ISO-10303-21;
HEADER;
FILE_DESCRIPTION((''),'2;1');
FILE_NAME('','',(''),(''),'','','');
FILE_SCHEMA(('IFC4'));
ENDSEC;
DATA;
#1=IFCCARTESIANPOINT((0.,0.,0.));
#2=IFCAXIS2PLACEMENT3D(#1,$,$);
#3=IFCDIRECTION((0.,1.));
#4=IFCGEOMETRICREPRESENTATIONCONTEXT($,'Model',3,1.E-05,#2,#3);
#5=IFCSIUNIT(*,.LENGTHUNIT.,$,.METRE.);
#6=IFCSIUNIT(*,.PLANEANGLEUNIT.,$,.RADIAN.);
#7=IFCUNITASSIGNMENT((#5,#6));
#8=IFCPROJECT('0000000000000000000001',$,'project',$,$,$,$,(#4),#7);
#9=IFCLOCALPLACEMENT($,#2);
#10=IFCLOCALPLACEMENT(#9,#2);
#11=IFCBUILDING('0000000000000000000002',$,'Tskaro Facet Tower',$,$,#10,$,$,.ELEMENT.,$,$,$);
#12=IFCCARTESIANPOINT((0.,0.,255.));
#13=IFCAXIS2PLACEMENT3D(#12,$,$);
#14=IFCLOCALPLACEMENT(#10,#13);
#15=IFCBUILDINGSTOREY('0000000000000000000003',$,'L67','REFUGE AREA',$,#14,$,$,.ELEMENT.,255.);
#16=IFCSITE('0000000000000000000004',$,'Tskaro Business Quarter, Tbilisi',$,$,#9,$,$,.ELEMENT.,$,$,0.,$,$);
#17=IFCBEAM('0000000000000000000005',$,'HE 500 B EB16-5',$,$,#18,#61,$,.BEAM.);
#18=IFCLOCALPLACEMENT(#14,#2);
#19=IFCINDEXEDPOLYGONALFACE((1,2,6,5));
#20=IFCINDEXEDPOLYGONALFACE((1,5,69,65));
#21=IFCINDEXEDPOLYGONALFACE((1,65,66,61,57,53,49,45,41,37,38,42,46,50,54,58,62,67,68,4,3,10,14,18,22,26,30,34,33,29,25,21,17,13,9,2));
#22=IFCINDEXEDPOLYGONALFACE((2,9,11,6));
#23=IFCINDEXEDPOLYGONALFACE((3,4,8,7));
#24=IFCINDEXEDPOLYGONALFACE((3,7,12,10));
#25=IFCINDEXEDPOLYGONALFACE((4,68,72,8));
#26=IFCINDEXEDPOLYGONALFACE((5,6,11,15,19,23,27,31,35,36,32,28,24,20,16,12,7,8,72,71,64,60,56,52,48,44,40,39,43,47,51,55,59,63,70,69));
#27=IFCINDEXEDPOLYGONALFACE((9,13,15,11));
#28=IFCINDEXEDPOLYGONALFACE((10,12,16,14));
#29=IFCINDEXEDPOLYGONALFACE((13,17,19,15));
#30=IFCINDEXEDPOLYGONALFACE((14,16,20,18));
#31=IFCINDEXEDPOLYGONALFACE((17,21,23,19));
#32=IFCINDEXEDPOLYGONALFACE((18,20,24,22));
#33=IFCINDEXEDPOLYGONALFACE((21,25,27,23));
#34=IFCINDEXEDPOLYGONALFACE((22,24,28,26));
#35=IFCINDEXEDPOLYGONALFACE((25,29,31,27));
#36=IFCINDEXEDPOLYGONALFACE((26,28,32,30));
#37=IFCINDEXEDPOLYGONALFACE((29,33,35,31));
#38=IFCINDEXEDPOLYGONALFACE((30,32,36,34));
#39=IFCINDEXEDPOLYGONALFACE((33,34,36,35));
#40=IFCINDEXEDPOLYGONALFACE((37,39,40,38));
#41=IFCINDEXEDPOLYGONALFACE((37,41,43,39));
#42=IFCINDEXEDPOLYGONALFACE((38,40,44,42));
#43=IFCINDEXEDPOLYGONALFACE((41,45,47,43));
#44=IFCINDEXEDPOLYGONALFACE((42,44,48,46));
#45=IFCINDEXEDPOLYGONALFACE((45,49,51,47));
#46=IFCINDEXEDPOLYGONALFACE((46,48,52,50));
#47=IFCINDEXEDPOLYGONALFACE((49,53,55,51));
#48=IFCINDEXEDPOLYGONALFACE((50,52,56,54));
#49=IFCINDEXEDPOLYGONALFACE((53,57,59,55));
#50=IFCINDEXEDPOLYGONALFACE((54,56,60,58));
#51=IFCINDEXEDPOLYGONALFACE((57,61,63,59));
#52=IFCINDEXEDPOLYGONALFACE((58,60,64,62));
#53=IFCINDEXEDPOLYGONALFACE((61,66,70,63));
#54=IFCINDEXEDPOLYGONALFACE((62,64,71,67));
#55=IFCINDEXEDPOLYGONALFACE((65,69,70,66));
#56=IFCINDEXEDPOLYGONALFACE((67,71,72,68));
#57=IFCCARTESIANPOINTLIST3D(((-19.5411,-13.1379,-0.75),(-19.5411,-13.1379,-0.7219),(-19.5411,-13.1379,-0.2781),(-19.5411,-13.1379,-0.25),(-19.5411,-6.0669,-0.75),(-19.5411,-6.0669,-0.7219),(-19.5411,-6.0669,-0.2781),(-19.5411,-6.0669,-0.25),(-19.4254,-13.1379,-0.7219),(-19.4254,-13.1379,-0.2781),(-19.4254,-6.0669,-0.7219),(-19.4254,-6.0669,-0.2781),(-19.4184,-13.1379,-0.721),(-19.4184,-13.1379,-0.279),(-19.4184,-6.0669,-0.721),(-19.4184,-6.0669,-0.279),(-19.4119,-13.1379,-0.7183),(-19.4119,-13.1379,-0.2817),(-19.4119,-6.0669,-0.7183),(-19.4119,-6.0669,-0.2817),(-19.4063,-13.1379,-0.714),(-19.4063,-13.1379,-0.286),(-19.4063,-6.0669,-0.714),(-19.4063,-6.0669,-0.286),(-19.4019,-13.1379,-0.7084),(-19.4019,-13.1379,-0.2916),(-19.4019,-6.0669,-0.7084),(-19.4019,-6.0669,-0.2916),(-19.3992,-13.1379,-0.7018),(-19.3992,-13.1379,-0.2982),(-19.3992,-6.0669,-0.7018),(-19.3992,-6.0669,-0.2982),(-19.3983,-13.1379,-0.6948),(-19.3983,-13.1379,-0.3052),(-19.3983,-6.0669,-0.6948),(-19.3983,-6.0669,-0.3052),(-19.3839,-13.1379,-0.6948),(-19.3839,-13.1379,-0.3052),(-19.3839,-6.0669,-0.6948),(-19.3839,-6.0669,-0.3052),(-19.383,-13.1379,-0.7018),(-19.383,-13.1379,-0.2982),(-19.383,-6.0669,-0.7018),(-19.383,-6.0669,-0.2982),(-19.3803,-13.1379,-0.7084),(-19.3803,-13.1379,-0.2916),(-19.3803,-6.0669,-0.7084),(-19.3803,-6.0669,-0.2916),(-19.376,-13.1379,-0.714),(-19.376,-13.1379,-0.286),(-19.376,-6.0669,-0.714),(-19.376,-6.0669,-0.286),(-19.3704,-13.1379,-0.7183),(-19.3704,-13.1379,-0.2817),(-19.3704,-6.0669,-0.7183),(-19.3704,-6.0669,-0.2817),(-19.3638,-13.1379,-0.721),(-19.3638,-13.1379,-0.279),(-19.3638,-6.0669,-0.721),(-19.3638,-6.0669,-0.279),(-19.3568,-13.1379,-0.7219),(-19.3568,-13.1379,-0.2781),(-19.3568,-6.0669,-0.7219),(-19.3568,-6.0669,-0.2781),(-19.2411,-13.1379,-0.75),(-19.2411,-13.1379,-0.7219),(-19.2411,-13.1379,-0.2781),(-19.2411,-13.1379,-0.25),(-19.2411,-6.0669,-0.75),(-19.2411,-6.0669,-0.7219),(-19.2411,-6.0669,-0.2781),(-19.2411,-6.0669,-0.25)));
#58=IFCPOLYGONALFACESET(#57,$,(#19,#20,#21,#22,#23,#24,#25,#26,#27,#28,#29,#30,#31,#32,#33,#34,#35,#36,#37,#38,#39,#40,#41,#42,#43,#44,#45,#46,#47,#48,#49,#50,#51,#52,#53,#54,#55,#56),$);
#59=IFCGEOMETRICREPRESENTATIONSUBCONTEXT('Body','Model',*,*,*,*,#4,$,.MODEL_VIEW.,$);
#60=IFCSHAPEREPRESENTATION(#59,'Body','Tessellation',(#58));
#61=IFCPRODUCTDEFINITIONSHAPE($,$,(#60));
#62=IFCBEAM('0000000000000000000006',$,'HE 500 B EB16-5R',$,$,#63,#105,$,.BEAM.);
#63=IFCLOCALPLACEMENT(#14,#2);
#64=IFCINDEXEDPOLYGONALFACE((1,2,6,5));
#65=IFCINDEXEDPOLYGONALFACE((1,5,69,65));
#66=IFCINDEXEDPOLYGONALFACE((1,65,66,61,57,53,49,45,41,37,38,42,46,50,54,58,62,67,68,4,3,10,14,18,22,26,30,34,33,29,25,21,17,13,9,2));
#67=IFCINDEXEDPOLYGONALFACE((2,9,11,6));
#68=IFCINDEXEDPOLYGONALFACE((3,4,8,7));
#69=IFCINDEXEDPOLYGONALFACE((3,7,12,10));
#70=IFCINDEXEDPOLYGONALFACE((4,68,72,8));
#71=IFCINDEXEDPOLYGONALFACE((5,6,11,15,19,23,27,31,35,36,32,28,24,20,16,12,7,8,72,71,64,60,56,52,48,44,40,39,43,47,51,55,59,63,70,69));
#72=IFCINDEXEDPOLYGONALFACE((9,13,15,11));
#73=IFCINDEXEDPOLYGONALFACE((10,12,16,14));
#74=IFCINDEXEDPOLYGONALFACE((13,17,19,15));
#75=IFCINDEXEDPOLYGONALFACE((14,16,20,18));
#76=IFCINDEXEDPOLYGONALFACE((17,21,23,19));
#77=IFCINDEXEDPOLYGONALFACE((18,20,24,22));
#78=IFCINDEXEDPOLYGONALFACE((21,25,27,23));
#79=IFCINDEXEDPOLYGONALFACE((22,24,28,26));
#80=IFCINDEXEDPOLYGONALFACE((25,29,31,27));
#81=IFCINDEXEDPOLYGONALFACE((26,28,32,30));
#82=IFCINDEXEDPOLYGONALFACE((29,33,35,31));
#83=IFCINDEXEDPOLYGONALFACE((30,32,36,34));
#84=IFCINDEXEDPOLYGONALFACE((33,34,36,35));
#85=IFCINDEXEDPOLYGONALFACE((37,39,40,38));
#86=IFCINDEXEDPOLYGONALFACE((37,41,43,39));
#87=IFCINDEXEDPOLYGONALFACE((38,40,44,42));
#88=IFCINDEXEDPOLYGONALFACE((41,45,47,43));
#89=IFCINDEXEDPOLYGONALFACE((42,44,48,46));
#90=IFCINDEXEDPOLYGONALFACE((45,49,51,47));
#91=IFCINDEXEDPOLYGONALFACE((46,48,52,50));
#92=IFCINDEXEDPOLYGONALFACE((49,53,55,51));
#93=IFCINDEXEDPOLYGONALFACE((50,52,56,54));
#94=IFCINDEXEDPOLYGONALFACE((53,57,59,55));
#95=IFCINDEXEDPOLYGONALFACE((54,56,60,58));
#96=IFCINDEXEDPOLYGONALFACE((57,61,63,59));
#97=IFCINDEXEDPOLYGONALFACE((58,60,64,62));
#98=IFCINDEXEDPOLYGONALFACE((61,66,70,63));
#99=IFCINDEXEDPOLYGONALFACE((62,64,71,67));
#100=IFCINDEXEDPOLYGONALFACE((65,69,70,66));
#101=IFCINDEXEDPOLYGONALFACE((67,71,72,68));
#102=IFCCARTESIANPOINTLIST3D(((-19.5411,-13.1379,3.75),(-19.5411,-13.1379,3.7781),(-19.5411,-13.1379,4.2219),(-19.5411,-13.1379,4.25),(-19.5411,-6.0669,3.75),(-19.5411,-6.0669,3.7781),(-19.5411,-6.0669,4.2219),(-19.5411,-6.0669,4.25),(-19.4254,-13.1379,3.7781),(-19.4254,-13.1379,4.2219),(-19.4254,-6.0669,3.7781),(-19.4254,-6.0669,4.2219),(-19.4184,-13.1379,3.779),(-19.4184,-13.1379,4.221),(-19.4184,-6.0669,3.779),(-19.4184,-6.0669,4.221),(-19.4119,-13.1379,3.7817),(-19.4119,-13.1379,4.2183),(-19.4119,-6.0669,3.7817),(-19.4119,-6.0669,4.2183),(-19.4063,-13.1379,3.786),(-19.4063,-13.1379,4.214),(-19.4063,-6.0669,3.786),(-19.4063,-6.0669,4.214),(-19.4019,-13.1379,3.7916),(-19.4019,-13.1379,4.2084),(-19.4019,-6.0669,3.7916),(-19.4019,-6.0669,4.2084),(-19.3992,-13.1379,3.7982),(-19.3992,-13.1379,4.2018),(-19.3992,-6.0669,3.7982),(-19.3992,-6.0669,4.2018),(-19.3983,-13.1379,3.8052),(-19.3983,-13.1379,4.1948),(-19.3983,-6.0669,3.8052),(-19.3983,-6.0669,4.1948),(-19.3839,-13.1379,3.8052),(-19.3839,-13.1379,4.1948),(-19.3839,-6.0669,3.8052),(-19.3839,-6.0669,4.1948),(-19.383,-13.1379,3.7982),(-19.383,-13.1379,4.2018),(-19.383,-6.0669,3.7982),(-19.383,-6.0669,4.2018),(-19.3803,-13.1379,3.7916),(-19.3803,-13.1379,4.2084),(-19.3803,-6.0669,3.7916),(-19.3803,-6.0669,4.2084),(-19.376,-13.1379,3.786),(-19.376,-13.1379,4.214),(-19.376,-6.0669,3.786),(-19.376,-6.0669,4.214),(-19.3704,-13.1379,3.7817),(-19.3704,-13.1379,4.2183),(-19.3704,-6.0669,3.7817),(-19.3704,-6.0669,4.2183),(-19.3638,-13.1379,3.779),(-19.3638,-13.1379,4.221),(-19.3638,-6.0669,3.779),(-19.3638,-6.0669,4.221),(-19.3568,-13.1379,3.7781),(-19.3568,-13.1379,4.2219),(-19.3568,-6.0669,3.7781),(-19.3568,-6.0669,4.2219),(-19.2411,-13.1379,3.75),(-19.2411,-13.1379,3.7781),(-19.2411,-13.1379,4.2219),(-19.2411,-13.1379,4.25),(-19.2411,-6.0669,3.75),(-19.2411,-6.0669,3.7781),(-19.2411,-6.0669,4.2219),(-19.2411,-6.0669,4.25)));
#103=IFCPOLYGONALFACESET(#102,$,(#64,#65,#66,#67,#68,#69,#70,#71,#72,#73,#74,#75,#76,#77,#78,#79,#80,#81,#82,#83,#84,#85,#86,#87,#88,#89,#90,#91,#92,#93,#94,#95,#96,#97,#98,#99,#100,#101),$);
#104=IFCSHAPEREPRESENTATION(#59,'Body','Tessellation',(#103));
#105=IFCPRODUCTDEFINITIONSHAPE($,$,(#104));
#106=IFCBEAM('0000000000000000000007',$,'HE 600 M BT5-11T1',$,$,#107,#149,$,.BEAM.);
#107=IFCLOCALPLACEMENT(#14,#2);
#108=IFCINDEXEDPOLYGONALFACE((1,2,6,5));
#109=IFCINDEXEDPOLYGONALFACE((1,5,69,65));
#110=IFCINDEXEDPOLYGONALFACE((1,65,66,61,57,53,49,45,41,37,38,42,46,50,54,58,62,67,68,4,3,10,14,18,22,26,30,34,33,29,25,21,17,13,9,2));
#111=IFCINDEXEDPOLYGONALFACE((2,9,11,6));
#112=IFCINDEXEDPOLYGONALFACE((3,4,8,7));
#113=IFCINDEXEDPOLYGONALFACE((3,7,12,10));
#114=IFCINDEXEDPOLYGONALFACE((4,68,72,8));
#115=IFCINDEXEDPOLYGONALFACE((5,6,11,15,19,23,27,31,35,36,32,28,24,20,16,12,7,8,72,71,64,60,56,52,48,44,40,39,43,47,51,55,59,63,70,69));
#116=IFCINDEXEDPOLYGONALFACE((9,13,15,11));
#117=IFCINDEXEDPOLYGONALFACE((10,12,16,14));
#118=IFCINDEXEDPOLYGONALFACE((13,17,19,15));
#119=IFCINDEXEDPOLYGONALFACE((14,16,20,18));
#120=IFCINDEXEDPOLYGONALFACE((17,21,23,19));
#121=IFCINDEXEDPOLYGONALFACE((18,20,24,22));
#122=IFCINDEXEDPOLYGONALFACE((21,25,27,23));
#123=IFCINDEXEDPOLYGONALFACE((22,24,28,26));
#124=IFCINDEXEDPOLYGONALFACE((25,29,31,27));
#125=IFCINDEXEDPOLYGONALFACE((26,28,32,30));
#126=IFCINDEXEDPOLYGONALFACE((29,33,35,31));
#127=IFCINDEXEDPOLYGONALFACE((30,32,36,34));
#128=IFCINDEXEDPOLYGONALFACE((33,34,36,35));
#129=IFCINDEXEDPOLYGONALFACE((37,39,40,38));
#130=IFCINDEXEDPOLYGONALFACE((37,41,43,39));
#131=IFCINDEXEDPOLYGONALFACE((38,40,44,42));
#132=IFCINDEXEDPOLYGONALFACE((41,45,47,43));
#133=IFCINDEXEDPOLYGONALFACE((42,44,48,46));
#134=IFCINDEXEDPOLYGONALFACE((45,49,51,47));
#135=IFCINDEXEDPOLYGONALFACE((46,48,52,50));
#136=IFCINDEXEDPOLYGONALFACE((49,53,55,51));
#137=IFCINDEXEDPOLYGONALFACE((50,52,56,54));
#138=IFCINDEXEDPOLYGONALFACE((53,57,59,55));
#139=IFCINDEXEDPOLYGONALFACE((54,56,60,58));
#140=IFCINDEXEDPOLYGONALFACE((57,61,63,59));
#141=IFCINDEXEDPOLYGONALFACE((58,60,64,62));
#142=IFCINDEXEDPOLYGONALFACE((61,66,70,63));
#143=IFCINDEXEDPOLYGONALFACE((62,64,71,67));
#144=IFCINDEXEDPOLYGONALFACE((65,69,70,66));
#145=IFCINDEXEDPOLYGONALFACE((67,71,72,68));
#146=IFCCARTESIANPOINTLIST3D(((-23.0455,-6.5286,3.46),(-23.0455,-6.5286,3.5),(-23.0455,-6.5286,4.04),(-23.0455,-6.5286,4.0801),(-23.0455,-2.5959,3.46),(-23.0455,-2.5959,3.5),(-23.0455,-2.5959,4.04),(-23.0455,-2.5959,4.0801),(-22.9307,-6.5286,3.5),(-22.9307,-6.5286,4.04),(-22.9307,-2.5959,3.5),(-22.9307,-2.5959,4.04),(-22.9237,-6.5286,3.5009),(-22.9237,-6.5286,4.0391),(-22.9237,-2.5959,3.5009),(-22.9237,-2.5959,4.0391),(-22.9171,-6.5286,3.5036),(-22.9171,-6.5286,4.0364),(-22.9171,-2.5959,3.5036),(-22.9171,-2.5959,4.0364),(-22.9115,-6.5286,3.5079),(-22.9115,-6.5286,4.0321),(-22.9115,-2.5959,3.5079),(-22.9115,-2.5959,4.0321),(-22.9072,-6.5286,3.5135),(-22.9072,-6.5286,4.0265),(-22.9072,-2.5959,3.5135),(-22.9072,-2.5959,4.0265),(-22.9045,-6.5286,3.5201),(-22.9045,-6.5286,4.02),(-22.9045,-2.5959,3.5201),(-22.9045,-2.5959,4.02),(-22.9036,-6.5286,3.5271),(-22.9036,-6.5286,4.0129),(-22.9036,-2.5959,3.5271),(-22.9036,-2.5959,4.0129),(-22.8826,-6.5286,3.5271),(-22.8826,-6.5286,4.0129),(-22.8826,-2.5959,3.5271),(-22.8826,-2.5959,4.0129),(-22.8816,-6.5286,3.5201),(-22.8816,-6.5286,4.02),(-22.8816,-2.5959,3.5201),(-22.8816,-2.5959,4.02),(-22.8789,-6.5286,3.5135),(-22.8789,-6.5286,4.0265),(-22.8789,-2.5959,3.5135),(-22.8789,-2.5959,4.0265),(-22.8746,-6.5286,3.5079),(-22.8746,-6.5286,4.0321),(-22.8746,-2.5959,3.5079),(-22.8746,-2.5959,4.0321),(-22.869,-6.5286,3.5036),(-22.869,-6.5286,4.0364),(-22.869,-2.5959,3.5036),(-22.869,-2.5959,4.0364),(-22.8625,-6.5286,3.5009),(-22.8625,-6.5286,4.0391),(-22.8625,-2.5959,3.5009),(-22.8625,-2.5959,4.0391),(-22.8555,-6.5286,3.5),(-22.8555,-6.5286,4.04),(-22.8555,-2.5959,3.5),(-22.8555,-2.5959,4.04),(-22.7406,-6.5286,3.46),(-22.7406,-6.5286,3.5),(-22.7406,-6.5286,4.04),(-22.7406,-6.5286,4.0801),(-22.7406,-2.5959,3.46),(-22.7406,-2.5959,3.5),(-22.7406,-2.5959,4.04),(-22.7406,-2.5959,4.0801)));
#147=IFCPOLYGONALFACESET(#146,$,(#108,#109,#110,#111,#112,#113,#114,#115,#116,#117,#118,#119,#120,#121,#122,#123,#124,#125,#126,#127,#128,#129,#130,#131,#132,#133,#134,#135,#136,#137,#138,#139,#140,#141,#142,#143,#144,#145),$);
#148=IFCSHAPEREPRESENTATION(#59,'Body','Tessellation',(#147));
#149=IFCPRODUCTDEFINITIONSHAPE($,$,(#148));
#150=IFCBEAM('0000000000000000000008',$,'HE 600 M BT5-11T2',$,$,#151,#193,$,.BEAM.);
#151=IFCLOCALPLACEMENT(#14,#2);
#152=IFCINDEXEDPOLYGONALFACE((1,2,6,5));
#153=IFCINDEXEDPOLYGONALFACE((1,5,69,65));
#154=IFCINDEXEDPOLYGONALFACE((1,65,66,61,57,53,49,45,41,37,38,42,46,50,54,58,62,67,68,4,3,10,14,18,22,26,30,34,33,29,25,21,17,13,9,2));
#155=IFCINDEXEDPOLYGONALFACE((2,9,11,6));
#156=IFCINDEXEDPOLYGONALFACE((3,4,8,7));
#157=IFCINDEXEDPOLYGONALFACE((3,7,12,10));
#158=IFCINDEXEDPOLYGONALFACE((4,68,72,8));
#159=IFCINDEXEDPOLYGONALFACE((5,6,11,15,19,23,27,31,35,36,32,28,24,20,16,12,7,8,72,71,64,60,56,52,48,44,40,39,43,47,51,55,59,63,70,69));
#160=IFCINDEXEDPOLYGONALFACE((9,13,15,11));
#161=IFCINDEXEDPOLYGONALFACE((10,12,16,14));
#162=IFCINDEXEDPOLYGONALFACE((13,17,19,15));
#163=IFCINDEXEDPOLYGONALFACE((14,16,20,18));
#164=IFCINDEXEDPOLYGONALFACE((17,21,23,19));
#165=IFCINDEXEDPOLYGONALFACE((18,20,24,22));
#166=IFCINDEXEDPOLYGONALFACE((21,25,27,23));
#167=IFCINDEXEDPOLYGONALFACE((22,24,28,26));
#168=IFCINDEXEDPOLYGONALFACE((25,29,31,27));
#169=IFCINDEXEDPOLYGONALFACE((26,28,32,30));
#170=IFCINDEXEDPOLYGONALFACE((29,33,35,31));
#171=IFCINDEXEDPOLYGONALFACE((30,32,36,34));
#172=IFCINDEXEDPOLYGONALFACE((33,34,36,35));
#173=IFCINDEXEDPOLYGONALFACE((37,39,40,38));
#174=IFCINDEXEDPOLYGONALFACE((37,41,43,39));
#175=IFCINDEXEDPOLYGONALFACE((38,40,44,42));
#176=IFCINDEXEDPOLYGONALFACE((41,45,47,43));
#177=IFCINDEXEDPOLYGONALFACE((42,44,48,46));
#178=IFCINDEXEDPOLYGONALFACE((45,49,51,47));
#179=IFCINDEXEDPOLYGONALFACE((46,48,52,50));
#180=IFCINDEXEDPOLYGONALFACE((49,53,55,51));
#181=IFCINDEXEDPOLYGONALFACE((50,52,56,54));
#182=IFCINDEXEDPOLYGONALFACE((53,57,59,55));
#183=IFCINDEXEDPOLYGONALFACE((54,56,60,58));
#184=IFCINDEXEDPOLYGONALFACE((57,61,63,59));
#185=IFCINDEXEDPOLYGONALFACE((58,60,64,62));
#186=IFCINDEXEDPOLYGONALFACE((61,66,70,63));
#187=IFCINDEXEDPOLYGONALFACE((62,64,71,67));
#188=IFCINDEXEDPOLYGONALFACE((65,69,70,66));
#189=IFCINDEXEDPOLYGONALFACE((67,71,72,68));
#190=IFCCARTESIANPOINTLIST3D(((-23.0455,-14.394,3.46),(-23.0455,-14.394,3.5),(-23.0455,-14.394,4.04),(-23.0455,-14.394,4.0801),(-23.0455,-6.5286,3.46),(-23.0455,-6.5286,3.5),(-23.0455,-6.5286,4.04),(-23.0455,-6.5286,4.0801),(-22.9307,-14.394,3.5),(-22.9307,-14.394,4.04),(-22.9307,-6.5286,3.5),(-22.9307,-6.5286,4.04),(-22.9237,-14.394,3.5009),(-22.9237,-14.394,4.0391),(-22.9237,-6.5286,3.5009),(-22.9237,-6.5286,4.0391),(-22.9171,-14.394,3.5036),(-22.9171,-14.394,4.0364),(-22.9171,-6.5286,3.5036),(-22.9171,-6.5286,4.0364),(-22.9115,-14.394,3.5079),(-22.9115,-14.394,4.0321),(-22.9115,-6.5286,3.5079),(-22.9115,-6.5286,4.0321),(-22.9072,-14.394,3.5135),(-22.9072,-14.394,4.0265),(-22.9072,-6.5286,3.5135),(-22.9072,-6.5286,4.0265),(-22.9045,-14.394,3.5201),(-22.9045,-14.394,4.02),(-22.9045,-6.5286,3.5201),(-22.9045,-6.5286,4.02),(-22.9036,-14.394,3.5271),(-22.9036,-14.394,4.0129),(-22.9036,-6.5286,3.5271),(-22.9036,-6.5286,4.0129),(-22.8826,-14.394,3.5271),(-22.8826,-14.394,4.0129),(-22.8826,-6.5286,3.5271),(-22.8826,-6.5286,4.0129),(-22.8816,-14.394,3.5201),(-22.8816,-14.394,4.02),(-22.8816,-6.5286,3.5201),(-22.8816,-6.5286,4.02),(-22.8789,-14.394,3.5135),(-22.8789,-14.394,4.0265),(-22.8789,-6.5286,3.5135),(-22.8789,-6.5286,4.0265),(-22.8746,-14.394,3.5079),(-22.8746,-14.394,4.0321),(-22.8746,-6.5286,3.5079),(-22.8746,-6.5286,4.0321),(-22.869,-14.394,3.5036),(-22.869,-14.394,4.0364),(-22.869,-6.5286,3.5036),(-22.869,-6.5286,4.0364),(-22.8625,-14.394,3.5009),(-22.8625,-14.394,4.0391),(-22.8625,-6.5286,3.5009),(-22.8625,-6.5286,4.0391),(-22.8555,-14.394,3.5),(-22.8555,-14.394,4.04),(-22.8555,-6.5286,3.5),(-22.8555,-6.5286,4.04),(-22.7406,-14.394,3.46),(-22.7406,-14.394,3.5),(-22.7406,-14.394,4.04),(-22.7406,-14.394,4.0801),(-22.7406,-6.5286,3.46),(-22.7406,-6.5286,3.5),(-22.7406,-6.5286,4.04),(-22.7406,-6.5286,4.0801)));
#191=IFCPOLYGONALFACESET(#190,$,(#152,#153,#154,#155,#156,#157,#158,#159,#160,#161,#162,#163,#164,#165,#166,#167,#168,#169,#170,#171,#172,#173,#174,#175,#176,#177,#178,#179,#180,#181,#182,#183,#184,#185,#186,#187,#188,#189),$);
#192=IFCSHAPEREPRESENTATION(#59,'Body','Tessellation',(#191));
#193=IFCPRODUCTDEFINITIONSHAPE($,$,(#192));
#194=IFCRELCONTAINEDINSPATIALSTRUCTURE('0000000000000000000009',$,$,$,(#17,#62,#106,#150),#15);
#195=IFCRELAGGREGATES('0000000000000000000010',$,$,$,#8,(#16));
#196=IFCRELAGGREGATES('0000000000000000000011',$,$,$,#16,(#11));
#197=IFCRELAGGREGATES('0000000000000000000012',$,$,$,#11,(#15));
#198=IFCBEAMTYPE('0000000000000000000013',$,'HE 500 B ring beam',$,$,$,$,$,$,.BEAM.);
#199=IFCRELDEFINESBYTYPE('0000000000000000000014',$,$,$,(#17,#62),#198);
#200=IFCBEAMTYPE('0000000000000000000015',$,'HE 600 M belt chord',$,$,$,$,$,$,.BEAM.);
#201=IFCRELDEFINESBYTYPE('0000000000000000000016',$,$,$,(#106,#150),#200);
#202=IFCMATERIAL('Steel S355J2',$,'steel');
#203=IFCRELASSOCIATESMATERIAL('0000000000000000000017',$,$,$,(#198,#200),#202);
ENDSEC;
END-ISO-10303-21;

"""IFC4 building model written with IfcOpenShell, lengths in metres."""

from ifc_helpers import new_model, si_unit, direction, frame, origin, origin_2d, place, context, subcontext, project, spatial, i_section, extrude, material, material_profile, profile_set, type_object, element, save


model = new_model("IFC4")

# Units and contexts
model_context = context("Model", 3, precision=1e-05, world=origin(), true_north=direction((0.0, 1.0)))
body_context = subcontext(model_context, "Body", "Model", "MODEL_VIEW")
ifc_project = project(units=[si_unit("LENGTHUNIT", "METRE"), si_unit("PLANEANGLEUNIT", "RADIAN")], contexts=[model_context])

# Site, building, storey
site_placement = place(None, origin())
site = spatial("IfcSite", under=ifc_project, at=site_placement, Name="Tskaro Business Quarter, Tbilisi", CompositionType="ELEMENT", RefElevation=0.0)
building_placement = place(site_placement, origin())
building = spatial("IfcBuilding", under=site, at=building_placement, Name="Tskaro Facet Tower", CompositionType="ELEMENT")
storey_placement = place(building_placement, frame((0.0, 0.0, 255.0)))
storey = spatial("IfcBuildingStorey", under=building, at=storey_placement, Name="L67", Description="REFUGE AREA", CompositionType="ELEMENT", Elevation=255.0)

# Beams
ifc_material_1 = material(Name="Steel S355J2", Category="steel")
ifc_material_profile_1 = material_profile(ifc_material_1, i_section(OverallWidth=0.3, OverallDepth=0.5, WebThickness=0.0144, FlangeThickness=0.0281, FilletRadius=0.0271, at=origin_2d()), Name="HE 500 B")
ifc_profile_set_1 = profile_set([ifc_material_profile_1], Name="Steel S355J2")
beam_type_1 = type_object("IfcBeamType", Name="HE 500 B ring beam", PredefinedType="BEAM", material=ifc_profile_set_1)
for number, where, z_axis, x_axis, name in (
    (1, (-19.3911, -6.0669, -0.5), (0.0, -1.0, 0.0), (1.0, 0.0, 0.0), "HE 500 B EB16-5"),
    (2, (-19.3911, -6.0669, 4.0), (0.0, -1.0, 0.0), (1.0, 0.0, 0.0), "HE 500 B EB16-5R"),
):
    element("IfcBeam", number, at=place(storey_placement, frame(where, z_axis=z_axis, x_axis=x_axis)), inside=storey, type_object=beam_type_1, Name=name, PredefinedType="BEAM", context=body_context, shape_type="SweptSolid", body=[
        extrude(i_section(OverallWidth=0.3, OverallDepth=0.5, WebThickness=0.0144, FlangeThickness=0.0281, FilletRadius=0.0271, at=origin_2d()), origin(), (0.0, 0.0, 1.0), 7.071),
    ])
ifc_material_profile_2 = material_profile(ifc_material_1, i_section(OverallWidth=0.3049, OverallDepth=0.6201, WebThickness=0.021, FlangeThickness=0.04, FilletRadius=0.0271, at=origin_2d()), Name="HE 600 M")
ifc_profile_set_2 = profile_set([ifc_material_profile_2], Name="Steel S355J2")
beam_type_2 = type_object("IfcBeamType", Name="HE 600 M belt chord", PredefinedType="BEAM", material=ifc_profile_set_2)
beam_1_placement = place(storey_placement, frame((-22.8931, -2.5959, 3.77), z_axis=(0.0, -1.0, 0.0), x_axis=(1.0, 0.0, 0.0)))
element("IfcBeam", 3, at=beam_1_placement, inside=storey, type_object=beam_type_2, Name="HE 600 M BT5-11T1", PredefinedType="BEAM", context=body_context, shape_type="SweptSolid", body=[
    extrude(i_section(OverallWidth=0.3049, OverallDepth=0.6201, WebThickness=0.021, FlangeThickness=0.04, FilletRadius=0.0271, at=origin_2d()), origin(), (0.0, 0.0, 1.0), 3.9326),
])
for number, where, z_axis, x_axis, name in (
    (4, (-22.8931, -6.5286, 3.77), (0.0, -1.0, 0.0), (1.0, 0.0, 0.0), "HE 600 M BT5-11T2"),
):
    element("IfcBeam", number, at=place(storey_placement, frame(where, z_axis=z_axis, x_axis=x_axis)), inside=storey, type_object=beam_type_2, Name=name, PredefinedType="BEAM", context=body_context, shape_type="SweptSolid", body=[
        extrude(i_section(OverallWidth=0.3049, OverallDepth=0.6201, WebThickness=0.021, FlangeThickness=0.04, FilletRadius=0.0271, at=origin_2d()), origin(), (0.0, 0.0, 1.0), 7.8655),
    ])

save(model, "model.ifc")
